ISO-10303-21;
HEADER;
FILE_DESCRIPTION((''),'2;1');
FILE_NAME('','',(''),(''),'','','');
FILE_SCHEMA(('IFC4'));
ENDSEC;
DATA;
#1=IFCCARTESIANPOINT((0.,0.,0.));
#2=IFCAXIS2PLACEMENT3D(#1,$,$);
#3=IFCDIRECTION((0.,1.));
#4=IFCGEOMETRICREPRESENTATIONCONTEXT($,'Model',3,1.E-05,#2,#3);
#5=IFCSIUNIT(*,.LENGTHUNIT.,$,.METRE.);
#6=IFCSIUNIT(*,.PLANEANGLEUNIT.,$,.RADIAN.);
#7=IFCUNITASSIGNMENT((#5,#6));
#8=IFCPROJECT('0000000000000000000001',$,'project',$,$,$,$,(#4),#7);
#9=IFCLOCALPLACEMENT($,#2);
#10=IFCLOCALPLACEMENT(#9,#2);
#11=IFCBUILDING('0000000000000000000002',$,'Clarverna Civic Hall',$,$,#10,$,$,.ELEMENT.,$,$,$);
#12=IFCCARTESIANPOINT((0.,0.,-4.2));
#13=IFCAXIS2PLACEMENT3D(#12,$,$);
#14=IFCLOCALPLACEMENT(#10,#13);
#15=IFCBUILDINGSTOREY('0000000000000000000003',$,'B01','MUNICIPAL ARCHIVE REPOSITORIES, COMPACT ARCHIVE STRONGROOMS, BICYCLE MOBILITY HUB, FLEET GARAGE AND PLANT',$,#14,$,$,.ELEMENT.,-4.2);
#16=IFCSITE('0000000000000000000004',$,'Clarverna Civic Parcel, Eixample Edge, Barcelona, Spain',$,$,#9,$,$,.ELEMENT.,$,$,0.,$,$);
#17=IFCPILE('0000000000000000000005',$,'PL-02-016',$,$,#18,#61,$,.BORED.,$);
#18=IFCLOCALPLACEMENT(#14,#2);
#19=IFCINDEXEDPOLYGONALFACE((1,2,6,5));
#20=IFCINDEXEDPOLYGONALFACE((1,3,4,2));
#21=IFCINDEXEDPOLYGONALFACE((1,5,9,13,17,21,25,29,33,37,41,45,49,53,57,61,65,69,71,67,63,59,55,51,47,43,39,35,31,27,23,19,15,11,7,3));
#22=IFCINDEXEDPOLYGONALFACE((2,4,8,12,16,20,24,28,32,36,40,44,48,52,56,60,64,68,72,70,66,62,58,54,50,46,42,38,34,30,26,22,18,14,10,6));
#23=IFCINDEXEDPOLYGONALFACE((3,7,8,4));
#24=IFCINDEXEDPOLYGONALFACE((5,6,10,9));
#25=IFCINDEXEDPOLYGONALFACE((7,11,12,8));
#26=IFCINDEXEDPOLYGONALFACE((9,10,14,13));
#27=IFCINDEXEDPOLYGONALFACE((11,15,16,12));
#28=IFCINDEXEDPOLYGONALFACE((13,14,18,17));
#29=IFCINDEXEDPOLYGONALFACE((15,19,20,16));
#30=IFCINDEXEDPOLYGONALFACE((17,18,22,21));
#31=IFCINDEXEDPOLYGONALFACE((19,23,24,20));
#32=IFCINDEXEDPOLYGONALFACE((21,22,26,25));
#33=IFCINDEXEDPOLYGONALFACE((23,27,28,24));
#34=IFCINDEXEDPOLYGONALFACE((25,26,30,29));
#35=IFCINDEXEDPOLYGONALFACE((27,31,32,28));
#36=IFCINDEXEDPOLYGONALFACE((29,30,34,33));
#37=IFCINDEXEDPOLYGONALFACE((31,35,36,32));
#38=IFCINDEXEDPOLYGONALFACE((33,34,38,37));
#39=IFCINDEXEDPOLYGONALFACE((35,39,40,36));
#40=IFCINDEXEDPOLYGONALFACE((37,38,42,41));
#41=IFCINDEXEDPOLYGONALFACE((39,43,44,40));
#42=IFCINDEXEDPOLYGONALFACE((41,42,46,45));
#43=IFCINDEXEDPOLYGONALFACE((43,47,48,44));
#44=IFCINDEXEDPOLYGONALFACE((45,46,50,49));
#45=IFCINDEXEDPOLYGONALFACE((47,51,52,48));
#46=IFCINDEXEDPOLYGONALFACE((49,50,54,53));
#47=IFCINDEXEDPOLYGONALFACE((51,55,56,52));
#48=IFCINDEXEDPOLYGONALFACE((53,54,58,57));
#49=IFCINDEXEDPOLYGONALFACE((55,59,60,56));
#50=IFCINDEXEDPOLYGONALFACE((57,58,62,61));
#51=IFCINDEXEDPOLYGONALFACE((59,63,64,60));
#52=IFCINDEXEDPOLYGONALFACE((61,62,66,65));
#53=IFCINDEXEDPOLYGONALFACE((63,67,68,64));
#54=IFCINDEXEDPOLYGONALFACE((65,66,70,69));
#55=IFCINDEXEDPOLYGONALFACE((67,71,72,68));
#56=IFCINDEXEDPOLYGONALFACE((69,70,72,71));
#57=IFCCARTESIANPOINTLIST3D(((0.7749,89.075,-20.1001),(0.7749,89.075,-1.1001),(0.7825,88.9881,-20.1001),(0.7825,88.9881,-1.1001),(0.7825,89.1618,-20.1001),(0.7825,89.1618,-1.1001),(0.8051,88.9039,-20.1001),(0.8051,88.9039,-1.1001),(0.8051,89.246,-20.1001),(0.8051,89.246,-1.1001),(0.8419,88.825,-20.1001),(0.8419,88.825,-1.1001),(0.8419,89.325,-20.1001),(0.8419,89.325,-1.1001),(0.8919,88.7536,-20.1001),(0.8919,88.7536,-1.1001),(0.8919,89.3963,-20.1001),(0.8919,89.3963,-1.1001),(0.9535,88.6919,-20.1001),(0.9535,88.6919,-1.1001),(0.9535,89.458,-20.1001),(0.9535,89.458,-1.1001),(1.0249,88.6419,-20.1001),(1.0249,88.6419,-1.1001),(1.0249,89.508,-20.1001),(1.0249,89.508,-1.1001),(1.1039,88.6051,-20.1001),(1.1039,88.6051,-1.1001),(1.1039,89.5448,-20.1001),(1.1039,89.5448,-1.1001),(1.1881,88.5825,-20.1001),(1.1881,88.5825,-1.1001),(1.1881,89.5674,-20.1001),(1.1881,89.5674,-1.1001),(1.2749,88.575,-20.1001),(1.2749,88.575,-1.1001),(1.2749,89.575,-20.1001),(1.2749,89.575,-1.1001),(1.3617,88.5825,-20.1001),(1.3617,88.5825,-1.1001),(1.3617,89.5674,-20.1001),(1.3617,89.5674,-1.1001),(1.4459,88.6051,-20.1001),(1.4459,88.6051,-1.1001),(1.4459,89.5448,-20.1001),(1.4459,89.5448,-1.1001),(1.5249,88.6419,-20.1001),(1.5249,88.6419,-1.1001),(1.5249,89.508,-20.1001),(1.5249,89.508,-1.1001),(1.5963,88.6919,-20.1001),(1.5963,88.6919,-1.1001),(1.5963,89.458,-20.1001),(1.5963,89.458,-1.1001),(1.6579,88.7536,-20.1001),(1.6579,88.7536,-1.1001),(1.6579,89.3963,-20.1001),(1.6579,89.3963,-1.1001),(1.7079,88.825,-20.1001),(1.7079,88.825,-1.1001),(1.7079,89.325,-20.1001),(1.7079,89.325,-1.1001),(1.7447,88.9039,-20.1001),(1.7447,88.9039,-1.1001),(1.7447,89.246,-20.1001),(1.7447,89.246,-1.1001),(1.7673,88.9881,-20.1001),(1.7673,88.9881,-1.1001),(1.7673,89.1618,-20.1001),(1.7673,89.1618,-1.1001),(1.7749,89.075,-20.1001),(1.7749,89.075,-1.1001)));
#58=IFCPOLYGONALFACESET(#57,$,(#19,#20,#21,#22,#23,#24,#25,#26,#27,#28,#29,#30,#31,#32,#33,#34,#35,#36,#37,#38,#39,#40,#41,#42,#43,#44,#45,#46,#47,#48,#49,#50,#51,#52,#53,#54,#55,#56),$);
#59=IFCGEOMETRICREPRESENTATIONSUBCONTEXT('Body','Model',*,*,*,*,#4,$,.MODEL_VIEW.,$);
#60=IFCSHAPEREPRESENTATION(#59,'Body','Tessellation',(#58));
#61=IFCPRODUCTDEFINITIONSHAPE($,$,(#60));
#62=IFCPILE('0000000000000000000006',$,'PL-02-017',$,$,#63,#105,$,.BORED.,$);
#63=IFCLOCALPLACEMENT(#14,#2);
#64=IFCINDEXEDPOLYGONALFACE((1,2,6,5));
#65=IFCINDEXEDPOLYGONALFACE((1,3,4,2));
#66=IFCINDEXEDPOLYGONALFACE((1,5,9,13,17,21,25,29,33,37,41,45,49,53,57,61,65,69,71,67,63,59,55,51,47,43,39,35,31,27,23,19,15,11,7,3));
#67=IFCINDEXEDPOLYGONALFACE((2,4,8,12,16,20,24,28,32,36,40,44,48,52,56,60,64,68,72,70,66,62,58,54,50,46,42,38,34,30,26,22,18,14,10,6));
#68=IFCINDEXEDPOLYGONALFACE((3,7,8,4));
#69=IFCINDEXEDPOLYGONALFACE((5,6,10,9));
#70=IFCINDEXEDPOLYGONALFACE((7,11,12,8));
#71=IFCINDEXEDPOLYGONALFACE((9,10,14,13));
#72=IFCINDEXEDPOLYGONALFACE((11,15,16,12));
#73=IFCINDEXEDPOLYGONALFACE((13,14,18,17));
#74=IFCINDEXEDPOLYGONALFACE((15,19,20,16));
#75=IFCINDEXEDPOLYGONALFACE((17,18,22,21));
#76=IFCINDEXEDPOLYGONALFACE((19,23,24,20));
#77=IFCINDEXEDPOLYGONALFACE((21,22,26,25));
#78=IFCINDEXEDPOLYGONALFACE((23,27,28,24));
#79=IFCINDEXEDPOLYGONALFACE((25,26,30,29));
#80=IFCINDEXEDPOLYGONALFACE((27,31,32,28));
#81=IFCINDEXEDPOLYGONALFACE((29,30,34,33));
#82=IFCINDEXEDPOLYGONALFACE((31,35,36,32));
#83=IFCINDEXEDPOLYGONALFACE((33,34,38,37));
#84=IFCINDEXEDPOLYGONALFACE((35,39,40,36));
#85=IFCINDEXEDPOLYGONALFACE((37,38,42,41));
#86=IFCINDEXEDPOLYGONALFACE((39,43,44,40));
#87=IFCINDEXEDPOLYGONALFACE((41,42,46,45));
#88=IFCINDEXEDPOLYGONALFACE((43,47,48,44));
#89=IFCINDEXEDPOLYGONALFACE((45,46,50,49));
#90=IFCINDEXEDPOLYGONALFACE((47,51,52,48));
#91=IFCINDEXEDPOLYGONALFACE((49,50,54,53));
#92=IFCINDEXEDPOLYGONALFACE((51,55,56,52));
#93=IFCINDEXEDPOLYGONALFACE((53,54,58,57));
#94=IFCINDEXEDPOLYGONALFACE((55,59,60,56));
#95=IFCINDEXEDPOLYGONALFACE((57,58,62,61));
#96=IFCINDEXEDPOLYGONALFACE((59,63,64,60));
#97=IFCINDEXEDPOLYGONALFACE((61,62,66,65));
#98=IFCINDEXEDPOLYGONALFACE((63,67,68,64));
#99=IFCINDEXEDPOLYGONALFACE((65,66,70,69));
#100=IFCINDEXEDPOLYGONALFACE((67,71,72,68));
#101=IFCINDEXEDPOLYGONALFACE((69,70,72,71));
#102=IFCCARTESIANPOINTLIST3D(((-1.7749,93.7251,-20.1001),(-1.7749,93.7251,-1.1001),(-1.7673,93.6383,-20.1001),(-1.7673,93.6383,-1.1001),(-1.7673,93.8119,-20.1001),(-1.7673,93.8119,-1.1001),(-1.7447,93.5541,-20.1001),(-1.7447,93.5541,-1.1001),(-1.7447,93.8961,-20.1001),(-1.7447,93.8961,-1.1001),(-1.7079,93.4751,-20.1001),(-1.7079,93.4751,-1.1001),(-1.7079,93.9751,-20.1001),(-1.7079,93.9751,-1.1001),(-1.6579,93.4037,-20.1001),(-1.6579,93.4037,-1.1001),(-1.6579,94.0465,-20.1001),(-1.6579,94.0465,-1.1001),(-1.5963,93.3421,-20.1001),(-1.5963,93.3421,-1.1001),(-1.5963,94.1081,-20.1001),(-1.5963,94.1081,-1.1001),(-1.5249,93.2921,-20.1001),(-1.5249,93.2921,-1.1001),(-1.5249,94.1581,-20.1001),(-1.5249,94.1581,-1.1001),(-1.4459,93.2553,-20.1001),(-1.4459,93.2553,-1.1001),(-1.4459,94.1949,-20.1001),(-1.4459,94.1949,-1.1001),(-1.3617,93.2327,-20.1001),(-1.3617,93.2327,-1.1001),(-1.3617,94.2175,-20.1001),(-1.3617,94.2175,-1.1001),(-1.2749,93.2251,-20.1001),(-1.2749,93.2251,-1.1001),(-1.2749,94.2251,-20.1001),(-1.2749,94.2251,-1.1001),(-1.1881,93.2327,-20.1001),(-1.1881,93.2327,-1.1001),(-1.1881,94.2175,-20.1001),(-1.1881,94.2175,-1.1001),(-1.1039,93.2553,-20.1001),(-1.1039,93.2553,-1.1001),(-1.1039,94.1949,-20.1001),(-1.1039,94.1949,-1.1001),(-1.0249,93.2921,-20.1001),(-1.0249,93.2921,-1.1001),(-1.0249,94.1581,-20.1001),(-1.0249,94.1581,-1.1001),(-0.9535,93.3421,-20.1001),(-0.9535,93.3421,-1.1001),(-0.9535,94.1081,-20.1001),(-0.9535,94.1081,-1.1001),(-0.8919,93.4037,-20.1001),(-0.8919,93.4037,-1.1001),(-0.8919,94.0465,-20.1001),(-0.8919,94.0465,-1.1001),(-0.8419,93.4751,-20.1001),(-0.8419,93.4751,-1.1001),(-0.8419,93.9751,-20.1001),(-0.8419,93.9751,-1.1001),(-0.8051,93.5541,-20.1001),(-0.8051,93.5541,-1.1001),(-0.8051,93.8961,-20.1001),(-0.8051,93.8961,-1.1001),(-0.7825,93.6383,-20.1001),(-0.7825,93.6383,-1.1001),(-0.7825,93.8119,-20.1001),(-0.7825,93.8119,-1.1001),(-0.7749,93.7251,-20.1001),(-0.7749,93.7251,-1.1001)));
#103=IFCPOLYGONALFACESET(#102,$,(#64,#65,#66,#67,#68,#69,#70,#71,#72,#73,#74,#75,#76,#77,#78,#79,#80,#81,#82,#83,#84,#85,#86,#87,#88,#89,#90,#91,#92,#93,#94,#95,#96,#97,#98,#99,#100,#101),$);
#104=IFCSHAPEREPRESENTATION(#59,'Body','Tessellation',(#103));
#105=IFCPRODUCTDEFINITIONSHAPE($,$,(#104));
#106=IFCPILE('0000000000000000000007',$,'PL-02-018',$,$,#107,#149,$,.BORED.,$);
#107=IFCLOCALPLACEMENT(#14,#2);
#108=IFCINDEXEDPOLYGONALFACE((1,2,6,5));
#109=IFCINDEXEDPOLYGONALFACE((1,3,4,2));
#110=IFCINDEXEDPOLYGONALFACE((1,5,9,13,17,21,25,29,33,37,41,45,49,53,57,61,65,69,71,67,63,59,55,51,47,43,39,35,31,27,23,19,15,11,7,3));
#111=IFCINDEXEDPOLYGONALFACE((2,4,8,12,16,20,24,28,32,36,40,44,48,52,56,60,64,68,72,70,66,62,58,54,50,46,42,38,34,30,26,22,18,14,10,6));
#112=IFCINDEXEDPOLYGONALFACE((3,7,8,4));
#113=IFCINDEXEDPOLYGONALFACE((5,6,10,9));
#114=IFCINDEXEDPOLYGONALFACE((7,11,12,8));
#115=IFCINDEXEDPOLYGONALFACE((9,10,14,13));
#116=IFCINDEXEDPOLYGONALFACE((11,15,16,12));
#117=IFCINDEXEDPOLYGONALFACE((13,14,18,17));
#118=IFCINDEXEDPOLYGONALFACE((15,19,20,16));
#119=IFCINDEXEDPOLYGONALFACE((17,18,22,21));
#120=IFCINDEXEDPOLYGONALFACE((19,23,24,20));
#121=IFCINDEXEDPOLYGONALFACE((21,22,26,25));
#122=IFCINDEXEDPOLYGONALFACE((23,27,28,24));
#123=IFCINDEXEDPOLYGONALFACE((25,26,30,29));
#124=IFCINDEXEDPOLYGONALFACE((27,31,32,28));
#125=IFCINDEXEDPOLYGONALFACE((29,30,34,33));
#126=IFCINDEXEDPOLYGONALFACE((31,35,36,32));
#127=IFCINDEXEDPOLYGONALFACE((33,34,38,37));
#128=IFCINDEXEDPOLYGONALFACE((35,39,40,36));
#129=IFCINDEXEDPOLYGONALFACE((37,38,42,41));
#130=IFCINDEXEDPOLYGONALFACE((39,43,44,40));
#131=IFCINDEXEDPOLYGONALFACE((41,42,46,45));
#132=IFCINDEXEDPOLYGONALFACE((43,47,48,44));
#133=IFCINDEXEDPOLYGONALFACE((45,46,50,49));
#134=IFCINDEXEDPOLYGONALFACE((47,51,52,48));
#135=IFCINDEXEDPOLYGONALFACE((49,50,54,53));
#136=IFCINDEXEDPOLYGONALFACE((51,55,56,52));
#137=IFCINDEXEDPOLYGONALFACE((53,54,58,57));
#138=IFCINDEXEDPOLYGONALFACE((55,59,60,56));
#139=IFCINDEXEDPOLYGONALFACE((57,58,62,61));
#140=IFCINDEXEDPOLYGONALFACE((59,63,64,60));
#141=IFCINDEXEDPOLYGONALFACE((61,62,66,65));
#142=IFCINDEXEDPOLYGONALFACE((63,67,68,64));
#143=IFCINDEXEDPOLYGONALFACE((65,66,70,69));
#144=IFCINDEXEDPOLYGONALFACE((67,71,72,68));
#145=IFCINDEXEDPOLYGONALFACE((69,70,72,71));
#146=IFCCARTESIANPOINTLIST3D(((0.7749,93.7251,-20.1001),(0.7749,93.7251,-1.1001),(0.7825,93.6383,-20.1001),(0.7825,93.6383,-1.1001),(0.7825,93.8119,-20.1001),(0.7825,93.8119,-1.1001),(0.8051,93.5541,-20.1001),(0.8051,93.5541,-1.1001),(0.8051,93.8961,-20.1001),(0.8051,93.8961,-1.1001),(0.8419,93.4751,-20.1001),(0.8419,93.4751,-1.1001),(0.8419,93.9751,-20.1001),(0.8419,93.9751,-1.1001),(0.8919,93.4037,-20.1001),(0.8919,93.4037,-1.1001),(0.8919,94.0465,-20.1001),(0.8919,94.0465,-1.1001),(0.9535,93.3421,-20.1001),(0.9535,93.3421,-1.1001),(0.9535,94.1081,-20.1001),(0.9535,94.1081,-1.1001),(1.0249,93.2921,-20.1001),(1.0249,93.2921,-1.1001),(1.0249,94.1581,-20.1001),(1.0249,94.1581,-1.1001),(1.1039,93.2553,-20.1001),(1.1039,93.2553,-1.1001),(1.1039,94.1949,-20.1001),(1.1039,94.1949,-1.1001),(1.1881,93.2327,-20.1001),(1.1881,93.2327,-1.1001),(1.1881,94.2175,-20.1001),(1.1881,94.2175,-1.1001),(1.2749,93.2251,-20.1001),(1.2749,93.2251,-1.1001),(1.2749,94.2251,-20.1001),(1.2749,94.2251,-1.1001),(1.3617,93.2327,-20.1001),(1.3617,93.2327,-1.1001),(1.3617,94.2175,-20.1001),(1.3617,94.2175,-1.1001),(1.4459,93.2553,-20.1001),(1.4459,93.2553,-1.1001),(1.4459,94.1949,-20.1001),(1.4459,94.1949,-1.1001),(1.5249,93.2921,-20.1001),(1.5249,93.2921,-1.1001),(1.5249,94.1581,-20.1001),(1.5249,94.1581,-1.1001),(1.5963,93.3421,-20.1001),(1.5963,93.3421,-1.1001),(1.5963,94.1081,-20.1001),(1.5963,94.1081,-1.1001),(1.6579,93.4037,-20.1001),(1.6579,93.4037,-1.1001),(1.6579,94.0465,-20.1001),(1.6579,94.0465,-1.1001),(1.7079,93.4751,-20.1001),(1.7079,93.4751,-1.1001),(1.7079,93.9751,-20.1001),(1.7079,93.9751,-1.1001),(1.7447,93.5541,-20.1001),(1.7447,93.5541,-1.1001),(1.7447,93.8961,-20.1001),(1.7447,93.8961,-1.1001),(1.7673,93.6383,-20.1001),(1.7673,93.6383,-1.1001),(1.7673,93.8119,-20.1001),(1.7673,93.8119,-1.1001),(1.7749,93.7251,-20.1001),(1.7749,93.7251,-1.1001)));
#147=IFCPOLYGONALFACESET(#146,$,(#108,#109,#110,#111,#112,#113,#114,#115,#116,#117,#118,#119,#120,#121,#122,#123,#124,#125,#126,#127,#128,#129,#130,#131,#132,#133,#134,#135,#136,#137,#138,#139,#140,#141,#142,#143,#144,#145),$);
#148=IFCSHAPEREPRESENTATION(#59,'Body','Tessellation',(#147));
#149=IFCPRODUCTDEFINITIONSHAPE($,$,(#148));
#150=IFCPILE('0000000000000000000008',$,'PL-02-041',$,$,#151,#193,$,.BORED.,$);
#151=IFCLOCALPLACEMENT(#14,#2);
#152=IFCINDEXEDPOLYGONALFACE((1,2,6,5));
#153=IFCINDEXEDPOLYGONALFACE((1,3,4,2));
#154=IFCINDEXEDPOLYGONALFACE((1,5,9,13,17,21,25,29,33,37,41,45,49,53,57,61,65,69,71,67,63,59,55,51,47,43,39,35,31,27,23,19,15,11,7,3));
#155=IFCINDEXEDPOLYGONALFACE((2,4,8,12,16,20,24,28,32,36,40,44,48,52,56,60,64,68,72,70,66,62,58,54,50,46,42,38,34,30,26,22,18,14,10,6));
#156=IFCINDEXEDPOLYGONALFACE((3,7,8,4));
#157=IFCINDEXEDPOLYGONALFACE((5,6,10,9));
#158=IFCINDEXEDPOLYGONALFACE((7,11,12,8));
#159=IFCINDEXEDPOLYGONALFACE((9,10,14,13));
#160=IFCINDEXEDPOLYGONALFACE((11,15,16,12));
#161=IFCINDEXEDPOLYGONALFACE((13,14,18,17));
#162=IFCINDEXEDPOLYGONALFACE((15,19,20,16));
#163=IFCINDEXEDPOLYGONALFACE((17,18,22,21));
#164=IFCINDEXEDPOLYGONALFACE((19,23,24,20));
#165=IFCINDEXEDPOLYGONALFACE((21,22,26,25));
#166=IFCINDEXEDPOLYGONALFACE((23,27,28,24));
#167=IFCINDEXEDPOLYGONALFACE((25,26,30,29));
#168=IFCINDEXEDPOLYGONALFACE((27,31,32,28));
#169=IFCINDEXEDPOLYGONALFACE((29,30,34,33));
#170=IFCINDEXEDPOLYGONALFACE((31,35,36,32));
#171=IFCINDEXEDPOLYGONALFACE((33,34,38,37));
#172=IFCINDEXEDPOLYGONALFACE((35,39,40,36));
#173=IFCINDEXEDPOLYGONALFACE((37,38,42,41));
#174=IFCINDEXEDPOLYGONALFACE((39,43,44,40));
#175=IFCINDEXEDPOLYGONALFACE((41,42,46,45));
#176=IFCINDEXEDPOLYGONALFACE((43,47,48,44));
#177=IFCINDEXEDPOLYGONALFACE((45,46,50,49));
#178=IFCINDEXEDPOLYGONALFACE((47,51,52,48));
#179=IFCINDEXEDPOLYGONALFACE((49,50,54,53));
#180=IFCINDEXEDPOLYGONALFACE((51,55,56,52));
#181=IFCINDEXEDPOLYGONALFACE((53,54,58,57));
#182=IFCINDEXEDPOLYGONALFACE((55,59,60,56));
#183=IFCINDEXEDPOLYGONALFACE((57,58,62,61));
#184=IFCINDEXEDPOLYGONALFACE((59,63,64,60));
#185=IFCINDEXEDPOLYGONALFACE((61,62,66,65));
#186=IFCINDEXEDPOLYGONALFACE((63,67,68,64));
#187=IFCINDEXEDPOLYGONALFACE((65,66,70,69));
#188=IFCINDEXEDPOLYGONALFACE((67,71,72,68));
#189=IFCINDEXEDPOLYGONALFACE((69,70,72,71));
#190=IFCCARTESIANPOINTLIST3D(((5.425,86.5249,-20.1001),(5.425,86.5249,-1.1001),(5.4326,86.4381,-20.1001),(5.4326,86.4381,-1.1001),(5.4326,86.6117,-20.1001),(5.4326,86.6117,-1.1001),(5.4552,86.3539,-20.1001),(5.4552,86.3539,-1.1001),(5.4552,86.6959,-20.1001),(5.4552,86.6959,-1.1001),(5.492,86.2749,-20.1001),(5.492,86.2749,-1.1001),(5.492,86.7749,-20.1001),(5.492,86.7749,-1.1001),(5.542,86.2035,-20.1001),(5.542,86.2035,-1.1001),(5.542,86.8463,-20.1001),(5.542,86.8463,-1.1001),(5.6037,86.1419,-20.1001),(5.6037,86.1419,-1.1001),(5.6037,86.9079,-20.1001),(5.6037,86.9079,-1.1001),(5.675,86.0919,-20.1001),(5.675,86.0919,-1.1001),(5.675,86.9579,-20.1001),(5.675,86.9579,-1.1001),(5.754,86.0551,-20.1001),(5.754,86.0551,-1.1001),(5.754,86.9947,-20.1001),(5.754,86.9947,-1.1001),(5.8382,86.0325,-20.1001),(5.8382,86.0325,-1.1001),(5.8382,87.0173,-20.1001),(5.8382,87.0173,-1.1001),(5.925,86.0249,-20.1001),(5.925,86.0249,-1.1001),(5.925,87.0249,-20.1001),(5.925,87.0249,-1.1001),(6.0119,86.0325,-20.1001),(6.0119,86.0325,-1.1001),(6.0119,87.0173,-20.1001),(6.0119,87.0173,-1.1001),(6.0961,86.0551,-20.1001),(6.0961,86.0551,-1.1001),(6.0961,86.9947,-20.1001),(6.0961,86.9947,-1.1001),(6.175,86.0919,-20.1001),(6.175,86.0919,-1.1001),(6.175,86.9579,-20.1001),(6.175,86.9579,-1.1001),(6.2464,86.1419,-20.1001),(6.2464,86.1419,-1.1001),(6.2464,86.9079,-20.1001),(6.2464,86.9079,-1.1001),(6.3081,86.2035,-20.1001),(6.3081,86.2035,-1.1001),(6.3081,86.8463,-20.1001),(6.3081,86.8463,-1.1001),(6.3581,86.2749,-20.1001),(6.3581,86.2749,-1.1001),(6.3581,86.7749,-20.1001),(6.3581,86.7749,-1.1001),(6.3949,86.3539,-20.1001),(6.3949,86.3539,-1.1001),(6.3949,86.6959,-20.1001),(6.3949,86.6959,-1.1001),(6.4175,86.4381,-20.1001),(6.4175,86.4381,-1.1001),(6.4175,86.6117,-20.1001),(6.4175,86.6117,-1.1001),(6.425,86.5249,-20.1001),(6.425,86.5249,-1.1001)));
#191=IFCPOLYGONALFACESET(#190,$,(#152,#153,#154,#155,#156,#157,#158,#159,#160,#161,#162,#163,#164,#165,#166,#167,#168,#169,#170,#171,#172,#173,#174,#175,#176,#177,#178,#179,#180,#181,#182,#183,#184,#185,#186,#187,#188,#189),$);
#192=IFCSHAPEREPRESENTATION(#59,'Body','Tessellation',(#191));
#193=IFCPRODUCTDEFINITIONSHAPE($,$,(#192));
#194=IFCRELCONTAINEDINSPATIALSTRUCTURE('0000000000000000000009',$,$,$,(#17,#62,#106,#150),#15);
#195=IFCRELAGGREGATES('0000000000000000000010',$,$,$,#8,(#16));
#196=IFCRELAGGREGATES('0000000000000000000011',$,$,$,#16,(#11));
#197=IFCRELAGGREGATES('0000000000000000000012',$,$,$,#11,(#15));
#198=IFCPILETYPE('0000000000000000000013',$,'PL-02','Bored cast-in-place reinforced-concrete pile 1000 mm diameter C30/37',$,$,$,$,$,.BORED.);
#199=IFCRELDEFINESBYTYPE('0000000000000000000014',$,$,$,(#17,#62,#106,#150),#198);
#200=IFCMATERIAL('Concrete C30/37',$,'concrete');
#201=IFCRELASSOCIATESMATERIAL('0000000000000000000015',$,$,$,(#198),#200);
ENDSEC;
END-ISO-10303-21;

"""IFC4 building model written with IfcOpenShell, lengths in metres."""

from ifc_helpers import new_model, si_unit, direction, frame, origin, origin_2d, place, context, subcontext, project, spatial, circle, extrude, material, material_profile, profile_set, type_object, element, save


model = new_model("IFC4")

# Units and contexts
model_context = context("Model", 3, precision=1e-05, world=origin(), true_north=direction((0.0, 1.0)))
body_context = subcontext(model_context, "Body", "Model", "MODEL_VIEW")
ifc_project = project(units=[si_unit("LENGTHUNIT", "METRE"), si_unit("PLANEANGLEUNIT", "RADIAN")], contexts=[model_context])

# Site, building, storey
site_placement = place(None, origin())
site = spatial("IfcSite", under=ifc_project, at=site_placement, Name="Clarverna Civic Parcel, Eixample Edge, Barcelona, Spain", CompositionType="ELEMENT", RefElevation=0.0)
building_placement = place(site_placement, origin())
building = spatial("IfcBuilding", under=site, at=building_placement, Name="Clarverna Civic Hall", CompositionType="ELEMENT")
storey_placement = place(building_placement, frame((0.0, 0.0, -4.2)))
storey = spatial("IfcBuildingStorey", under=building, at=storey_placement, Name="B01", Description="MUNICIPAL ARCHIVE REPOSITORIES, COMPACT ARCHIVE STRONGROOMS, BICYCLE MOBILITY HUB, FLEET GARAGE AND PLANT", CompositionType="ELEMENT", Elevation=-4.2)

# Shared definitions
ifc_material_1 = material(Name="Concrete C30/37", Category="concrete")

# Piles
ifc_material_profile_1 = material_profile(ifc_material_1, circle(Radius=0.5, at=origin_2d()), Name="BORED PILE D1000")
ifc_profile_set_1 = profile_set([ifc_material_profile_1], Name="Concrete C30/37")
pile_type = type_object("IfcPileType", Name="PL-02", Description="Bored cast-in-place reinforced-concrete pile 1000 mm diameter C30/37", PredefinedType="BORED", material=ifc_profile_set_1)
for number, where, z_axis, x_axis, name in (
    (1, (1.2749, 89.075, -1.1001), (0.0, 0.0, -1.0), (1.0, 0.0, 0.0), "PL-02-016"),
    (2, (-1.2749, 93.7251, -1.1001), (0.0, 0.0, -1.0), (1.0, 0.0, 0.0), "PL-02-017"),
    (3, (1.2749, 93.7251, -1.1001), (0.0, 0.0, -1.0), (1.0, 0.0, 0.0), "PL-02-018"),
    (4, (5.925, 86.5249, -1.1001), (0.0, 0.0, -1.0), (1.0, 0.0, 0.0), "PL-02-041"),
):
    element("IfcPile", number, at=place(storey_placement, frame(where, z_axis=z_axis, x_axis=x_axis)), inside=storey, type_object=pile_type, Name=name, PredefinedType="BORED", context=body_context, shape_type="SweptSolid", body=[
        extrude(circle(Radius=0.5, at=origin_2d()), origin(), (0.0, 0.0, 1.0), 19.0),
    ])

save(model, "model.ifc")
